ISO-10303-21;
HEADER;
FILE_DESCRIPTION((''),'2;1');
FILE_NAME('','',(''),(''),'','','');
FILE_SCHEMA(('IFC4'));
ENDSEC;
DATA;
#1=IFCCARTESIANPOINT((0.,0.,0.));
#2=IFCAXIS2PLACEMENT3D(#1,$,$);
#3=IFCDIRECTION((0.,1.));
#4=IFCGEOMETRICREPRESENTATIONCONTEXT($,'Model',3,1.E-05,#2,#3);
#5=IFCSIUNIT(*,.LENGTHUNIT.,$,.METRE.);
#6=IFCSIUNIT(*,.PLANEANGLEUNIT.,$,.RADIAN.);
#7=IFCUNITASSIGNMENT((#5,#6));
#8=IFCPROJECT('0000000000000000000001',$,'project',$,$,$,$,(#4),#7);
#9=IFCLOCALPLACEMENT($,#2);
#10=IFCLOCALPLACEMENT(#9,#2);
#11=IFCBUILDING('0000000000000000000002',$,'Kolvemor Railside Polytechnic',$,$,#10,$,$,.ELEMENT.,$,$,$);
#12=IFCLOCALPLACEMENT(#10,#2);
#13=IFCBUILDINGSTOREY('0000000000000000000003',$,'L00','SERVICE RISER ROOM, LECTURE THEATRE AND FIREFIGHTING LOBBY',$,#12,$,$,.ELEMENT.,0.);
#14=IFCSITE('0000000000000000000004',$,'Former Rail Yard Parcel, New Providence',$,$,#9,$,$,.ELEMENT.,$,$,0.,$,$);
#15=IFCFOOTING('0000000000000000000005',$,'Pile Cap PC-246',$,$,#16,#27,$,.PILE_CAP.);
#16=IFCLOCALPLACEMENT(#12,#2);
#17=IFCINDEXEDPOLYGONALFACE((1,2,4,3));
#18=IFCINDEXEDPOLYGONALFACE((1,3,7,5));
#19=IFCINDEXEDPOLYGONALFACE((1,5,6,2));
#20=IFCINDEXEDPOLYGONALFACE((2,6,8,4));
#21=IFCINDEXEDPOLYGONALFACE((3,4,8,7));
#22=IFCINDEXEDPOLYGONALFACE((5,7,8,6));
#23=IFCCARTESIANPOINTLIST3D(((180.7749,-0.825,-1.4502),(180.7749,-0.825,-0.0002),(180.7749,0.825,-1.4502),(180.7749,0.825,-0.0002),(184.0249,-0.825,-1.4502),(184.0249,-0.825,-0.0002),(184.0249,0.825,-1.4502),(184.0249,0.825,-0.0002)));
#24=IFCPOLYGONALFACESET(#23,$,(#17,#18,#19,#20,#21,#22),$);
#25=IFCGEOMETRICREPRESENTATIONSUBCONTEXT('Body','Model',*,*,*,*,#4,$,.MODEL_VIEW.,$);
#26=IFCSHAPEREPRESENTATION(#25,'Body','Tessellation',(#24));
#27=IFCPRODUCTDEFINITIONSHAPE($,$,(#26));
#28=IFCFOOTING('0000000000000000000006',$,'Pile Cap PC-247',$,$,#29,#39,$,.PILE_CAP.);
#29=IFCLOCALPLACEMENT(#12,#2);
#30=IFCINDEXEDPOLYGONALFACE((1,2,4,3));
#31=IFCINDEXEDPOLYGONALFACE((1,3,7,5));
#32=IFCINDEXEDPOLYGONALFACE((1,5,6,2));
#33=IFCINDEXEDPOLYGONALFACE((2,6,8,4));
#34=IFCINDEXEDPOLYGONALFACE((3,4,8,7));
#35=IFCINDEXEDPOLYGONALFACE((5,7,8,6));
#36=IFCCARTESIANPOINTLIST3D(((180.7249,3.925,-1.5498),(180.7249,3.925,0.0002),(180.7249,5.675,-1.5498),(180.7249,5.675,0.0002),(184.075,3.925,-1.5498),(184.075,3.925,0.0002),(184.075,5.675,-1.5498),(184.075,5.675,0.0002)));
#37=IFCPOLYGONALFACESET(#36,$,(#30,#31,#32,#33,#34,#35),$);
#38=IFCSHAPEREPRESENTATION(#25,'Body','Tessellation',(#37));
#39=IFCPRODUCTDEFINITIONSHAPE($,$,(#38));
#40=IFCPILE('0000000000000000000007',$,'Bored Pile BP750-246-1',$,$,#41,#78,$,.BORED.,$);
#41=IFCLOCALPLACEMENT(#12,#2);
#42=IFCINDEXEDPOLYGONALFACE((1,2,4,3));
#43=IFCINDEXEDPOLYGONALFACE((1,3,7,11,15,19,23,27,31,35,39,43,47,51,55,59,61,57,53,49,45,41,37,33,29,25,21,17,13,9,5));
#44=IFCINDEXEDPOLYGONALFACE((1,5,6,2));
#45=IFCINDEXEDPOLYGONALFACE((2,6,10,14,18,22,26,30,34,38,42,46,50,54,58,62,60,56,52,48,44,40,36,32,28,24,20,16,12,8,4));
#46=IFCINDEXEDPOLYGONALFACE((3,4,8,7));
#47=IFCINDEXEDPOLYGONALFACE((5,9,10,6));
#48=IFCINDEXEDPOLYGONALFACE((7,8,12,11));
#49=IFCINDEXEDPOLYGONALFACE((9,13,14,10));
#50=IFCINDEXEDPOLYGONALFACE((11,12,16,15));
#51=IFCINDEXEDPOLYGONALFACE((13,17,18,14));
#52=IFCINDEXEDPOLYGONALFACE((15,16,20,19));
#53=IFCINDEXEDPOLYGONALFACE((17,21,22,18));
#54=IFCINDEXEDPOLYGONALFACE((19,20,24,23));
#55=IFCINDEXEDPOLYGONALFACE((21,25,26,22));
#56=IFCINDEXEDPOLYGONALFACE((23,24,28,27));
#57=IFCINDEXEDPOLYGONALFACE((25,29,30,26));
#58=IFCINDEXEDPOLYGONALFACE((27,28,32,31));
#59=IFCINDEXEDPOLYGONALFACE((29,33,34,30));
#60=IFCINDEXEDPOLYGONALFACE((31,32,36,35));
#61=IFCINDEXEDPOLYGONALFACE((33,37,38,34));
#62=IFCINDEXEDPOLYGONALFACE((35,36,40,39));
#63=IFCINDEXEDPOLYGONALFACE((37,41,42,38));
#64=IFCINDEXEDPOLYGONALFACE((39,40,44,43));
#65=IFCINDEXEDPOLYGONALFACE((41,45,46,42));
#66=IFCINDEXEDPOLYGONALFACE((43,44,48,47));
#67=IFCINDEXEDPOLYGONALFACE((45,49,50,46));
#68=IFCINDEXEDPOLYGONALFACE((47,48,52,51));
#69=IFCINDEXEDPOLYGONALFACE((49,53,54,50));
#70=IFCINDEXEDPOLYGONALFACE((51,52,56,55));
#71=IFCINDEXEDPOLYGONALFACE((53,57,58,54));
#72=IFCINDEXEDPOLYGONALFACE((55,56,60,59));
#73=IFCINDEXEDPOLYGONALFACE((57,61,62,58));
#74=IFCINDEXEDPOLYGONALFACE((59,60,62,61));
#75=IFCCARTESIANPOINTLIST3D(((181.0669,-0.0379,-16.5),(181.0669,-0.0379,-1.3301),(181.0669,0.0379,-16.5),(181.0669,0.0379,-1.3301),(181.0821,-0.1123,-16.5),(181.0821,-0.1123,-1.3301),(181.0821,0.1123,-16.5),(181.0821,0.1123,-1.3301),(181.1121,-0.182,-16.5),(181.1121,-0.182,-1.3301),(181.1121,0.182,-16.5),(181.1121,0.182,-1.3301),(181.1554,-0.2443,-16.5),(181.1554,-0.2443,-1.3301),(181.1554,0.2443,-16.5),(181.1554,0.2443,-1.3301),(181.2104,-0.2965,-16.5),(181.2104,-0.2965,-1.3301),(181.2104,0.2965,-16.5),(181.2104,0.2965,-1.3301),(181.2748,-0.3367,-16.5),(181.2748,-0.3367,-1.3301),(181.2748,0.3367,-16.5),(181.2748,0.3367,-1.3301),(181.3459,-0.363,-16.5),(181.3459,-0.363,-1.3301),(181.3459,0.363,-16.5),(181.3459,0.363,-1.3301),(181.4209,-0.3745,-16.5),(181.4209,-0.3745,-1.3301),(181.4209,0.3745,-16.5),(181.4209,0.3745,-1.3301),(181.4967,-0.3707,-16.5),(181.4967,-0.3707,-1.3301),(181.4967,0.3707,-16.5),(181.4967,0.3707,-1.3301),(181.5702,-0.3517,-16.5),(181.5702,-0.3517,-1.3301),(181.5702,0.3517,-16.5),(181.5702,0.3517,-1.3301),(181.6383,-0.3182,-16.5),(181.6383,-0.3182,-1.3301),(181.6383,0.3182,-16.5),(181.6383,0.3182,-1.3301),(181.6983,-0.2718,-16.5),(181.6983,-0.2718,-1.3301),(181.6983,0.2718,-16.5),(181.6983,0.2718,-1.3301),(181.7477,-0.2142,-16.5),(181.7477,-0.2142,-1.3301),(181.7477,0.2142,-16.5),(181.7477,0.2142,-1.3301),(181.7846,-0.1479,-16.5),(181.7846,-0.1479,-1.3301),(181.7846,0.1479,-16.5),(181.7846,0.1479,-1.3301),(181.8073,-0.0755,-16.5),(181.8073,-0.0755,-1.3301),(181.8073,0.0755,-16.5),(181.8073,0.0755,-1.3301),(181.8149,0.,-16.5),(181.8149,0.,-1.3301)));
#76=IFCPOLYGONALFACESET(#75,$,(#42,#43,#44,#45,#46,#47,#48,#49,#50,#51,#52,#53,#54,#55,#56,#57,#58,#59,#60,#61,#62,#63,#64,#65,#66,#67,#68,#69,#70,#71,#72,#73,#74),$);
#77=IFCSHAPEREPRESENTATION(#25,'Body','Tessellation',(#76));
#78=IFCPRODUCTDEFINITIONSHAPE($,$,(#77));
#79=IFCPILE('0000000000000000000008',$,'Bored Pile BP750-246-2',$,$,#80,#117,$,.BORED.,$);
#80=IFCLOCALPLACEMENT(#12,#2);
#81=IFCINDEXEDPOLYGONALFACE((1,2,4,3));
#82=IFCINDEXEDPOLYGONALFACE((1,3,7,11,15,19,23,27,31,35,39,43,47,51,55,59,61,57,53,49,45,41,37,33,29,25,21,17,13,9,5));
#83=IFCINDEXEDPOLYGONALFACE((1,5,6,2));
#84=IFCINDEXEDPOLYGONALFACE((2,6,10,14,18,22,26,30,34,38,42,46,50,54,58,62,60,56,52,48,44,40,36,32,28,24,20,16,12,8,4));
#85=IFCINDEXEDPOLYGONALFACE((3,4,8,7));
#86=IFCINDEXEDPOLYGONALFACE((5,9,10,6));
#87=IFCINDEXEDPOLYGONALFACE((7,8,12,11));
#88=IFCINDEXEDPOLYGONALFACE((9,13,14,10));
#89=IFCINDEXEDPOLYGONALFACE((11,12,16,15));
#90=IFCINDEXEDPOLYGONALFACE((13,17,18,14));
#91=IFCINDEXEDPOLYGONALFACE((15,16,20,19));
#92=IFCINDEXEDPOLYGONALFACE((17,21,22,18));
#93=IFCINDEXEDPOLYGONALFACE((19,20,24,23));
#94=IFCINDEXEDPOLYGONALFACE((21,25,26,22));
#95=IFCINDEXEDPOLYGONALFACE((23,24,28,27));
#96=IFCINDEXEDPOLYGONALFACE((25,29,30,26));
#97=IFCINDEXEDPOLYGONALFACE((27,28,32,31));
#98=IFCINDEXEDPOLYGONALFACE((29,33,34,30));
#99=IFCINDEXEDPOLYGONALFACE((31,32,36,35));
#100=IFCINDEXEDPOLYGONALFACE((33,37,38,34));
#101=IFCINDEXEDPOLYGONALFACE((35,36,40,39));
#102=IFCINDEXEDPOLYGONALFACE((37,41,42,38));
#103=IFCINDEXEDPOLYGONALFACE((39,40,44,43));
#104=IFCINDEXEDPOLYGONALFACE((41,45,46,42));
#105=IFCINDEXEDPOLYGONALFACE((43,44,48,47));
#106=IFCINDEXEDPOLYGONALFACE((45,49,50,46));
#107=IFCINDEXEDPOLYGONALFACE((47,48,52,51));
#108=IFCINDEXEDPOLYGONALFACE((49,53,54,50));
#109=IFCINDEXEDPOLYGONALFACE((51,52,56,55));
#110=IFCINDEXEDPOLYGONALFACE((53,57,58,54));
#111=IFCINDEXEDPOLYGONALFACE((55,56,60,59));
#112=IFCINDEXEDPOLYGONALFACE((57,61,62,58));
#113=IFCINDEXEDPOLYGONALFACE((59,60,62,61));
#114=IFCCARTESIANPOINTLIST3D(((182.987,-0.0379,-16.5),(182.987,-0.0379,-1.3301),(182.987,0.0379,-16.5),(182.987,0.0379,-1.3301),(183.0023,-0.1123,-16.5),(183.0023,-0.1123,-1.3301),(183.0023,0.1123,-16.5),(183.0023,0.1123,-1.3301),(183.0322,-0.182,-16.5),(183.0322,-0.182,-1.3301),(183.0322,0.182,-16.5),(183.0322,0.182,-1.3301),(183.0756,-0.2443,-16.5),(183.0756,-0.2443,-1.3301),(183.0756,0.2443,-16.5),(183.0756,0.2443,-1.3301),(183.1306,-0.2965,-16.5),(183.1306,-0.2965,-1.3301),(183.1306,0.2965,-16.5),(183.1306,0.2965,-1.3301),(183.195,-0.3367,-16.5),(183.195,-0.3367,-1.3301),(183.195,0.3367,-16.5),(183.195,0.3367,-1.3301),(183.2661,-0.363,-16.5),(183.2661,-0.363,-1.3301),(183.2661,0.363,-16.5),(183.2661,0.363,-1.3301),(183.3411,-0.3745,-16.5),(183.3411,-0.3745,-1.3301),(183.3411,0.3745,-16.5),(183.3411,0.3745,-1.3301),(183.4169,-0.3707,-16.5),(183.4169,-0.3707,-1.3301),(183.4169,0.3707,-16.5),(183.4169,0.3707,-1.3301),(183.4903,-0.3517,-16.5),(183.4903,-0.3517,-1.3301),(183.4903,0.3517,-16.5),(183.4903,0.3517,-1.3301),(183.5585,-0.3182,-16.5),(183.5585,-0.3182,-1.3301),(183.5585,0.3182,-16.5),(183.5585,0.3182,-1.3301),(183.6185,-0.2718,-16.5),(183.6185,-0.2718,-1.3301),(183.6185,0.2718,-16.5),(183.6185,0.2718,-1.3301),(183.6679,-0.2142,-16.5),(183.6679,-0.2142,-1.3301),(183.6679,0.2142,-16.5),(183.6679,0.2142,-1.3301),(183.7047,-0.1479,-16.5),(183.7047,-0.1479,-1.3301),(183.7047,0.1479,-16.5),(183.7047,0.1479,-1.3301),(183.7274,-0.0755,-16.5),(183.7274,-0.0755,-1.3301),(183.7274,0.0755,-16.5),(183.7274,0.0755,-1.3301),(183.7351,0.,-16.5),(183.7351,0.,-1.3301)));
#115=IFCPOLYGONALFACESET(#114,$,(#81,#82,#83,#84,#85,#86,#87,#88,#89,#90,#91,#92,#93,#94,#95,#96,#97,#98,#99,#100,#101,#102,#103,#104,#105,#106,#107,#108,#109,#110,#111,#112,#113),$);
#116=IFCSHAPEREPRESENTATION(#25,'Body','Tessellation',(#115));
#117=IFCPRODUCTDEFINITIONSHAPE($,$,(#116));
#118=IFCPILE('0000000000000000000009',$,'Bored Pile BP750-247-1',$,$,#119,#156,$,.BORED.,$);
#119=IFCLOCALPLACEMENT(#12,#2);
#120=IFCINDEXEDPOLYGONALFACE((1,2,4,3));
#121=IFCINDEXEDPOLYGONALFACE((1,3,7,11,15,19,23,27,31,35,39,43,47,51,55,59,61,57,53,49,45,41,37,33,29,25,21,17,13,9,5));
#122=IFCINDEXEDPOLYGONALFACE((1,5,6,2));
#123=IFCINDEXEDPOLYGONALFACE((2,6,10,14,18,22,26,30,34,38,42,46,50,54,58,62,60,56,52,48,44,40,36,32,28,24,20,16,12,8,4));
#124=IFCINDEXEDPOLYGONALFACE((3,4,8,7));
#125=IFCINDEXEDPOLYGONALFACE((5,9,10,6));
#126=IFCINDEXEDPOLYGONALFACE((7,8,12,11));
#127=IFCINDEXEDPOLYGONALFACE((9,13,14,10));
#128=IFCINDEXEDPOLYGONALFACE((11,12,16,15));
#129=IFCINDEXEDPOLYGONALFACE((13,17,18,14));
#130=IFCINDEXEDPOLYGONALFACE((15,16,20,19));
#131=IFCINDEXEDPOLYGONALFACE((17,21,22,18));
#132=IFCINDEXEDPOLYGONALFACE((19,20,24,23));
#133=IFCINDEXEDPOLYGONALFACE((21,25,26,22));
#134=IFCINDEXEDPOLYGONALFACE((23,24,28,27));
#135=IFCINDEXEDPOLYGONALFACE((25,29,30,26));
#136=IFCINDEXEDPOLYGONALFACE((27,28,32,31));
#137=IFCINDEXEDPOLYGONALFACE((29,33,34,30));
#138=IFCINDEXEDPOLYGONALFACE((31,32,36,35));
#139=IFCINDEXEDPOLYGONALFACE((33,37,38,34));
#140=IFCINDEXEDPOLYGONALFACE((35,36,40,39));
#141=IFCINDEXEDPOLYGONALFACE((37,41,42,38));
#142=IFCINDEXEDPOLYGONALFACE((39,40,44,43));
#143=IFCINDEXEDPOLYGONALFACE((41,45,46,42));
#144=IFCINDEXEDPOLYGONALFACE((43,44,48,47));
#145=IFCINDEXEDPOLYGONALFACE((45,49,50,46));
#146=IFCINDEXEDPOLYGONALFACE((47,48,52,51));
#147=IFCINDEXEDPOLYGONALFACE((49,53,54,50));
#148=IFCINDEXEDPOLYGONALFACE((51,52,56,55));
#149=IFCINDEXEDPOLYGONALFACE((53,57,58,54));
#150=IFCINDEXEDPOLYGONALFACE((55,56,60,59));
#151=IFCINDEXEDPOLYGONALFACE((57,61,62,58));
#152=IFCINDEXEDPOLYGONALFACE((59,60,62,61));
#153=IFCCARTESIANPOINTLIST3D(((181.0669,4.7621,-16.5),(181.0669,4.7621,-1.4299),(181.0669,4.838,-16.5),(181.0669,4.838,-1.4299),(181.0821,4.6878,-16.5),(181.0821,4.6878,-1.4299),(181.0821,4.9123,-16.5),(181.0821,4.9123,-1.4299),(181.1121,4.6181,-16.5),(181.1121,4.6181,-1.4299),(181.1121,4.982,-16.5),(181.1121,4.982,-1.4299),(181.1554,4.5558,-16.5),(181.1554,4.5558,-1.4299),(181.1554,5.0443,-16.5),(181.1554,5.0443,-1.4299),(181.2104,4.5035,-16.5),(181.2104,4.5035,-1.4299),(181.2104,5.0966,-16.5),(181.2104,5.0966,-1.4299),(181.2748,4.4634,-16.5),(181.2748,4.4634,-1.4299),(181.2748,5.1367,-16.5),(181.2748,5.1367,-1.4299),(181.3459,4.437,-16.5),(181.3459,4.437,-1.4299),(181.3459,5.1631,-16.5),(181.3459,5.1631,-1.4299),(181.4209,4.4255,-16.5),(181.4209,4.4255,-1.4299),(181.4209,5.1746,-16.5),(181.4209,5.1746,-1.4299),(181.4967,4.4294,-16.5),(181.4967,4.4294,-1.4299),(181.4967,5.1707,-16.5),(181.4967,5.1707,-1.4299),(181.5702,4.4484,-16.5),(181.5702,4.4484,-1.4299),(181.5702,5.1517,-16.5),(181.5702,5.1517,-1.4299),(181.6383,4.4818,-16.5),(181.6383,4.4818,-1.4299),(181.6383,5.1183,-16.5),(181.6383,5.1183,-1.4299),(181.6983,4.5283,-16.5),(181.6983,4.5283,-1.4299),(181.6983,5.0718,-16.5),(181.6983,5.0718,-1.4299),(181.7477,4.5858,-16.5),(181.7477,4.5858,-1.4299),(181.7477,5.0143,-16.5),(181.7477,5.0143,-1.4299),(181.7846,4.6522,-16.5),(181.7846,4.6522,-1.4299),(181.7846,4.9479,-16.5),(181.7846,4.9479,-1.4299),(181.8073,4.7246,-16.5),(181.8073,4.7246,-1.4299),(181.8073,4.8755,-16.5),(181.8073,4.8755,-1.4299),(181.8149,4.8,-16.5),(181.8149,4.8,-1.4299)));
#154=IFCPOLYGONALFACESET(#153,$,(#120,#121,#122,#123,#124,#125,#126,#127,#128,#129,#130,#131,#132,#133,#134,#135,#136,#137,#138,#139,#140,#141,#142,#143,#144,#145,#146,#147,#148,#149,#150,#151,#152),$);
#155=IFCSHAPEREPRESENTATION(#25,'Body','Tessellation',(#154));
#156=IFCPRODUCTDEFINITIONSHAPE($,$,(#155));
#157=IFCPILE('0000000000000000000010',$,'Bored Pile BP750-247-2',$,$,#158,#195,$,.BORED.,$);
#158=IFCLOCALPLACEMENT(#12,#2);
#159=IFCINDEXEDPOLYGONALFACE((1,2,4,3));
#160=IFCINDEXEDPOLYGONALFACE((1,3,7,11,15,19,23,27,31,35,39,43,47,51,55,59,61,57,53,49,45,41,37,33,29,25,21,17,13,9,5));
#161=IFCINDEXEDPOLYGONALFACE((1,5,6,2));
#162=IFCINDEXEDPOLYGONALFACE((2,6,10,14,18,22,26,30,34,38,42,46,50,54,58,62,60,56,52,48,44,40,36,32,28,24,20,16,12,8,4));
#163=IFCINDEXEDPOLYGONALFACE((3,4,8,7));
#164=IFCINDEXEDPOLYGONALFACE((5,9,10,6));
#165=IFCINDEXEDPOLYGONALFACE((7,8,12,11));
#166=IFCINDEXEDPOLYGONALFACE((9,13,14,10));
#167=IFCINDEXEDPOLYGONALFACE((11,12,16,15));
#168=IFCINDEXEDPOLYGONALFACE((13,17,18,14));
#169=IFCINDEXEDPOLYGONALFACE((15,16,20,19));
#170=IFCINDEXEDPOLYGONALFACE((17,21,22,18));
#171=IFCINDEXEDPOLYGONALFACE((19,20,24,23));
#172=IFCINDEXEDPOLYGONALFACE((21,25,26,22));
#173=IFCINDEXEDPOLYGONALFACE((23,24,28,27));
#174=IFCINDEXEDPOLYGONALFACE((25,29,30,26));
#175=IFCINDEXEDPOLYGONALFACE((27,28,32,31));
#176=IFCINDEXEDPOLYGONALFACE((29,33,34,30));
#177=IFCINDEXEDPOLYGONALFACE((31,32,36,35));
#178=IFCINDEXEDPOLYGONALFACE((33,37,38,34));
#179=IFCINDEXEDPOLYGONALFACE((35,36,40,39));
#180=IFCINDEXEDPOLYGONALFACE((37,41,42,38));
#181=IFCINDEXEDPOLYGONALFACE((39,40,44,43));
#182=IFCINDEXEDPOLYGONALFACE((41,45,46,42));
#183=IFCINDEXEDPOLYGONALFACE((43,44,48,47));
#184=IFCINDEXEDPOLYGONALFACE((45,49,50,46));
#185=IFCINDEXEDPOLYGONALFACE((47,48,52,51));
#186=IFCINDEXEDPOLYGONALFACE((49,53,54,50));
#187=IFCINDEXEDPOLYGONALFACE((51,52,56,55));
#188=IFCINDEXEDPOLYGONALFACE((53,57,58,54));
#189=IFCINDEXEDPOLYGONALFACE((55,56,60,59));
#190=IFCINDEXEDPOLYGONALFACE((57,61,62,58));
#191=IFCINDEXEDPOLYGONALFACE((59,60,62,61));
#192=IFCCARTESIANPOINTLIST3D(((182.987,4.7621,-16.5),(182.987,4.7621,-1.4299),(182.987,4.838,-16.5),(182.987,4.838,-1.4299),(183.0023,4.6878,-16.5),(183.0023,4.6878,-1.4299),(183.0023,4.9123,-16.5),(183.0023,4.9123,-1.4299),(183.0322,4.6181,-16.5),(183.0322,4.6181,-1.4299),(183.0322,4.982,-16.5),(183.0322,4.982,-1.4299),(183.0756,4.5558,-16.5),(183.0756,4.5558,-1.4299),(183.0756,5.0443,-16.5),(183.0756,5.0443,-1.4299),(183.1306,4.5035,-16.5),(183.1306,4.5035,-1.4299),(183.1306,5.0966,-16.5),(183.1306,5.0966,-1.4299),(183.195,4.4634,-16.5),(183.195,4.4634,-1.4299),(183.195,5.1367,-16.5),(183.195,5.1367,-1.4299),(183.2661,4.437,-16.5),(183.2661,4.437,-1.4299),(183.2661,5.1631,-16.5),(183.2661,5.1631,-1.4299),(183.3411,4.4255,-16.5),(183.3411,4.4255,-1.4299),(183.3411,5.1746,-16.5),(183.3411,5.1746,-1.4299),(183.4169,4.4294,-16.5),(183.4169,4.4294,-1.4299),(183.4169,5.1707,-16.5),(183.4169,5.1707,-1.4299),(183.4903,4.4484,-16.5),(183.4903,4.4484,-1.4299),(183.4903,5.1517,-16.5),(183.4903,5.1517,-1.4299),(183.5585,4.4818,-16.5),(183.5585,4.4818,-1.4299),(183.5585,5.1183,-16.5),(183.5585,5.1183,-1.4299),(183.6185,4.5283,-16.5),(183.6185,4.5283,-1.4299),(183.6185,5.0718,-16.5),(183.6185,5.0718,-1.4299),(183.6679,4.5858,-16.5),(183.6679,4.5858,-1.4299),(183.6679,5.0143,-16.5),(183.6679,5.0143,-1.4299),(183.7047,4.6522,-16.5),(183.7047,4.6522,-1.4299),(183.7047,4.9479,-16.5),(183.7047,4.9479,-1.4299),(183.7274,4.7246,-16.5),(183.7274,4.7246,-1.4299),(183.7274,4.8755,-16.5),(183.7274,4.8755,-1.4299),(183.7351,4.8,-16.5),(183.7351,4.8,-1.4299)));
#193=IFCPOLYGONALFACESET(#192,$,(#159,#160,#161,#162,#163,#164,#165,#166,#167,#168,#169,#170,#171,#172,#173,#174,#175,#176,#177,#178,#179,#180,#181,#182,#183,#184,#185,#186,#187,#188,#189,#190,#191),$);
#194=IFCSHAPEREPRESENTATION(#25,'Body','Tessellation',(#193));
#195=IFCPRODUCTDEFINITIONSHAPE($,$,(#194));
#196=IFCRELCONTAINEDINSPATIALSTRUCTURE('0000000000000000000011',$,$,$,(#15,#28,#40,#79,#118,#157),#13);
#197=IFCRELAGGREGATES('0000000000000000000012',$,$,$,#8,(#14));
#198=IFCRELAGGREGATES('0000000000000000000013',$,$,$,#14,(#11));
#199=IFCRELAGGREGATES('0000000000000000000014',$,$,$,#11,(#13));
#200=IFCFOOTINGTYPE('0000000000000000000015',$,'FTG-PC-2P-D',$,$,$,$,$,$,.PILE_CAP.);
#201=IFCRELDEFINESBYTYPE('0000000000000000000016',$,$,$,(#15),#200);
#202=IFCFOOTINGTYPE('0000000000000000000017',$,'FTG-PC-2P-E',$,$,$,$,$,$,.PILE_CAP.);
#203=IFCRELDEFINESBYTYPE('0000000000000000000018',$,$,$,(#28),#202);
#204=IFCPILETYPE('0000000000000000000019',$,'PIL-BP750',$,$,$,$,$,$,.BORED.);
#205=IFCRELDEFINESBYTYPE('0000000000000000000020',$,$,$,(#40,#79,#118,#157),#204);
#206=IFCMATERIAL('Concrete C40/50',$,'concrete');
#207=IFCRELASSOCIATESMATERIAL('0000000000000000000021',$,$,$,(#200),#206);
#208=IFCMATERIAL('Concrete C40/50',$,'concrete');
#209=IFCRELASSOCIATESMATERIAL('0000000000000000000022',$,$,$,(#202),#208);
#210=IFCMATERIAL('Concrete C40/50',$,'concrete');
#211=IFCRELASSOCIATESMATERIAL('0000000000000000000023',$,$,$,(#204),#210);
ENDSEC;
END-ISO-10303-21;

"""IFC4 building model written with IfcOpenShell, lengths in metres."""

from ifc_helpers import new_model, si_unit, direction, frame, origin, origin_2d, place, context, subcontext, project, spatial, rectangle, circle, extrude, material, material_profile, profile_set, type_object, element, save


model = new_model("IFC4")

# Units and contexts
model_context = context("Model", 3, precision=1e-05, world=origin(), true_north=direction((0.0, 1.0)))
body_context = subcontext(model_context, "Body", "Model", "MODEL_VIEW")
ifc_project = project(units=[si_unit("LENGTHUNIT", "METRE"), si_unit("PLANEANGLEUNIT", "RADIAN")], contexts=[model_context])

# Site, building, storey
site_placement = place(None, origin())
site = spatial("IfcSite", under=ifc_project, at=site_placement, Name="Former Rail Yard Parcel, New Providence", CompositionType="ELEMENT", RefElevation=0.0)
building_placement = place(site_placement, origin())
building = spatial("IfcBuilding", under=site, at=building_placement, Name="Kolvemor Railside Polytechnic", CompositionType="ELEMENT")
storey_placement = place(building_placement, origin())
storey = spatial("IfcBuildingStorey", under=building, at=storey_placement, Name="L00", Description="SERVICE RISER ROOM, LECTURE THEATRE AND FIREFIGHTING LOBBY", CompositionType="ELEMENT", Elevation=0.0)

# Footings
ifc_material_1 = material(Name="Concrete C40/50", Category="concrete")
footing_type_1 = type_object("IfcFootingType", Name="FTG-PC-2P-D", PredefinedType="PILE_CAP", material=ifc_material_1)
footing_1_placement = place(storey_placement, frame((182.3999, 0.0, -1.4502), z_axis=(0.0, 0.0, 1.0), x_axis=(1.0, 0.0, 0.0)))
element("IfcFooting", 1, at=footing_1_placement, inside=storey, type_object=footing_type_1, Name="Pile Cap PC-246", PredefinedType="PILE_CAP", context=body_context, shape_type="SweptSolid", body=[
    extrude(rectangle(XDim=3.25, YDim=1.6499, at=origin_2d()), origin(), (0.0, 0.0, 1.0), 1.45),
])
ifc_material_2 = material(Name="Concrete C40/50", Category="concrete")
footing_type_2 = type_object("IfcFootingType", Name="FTG-PC-2P-E", PredefinedType="PILE_CAP", material=ifc_material_2)
footing_2_placement = place(storey_placement, frame((182.3999, 4.8, -1.5498), z_axis=(0.0, 0.0, 1.0), x_axis=(1.0, 0.0, 0.0)))
element("IfcFooting", 2, at=footing_2_placement, inside=storey, type_object=footing_type_2, Name="Pile Cap PC-247", PredefinedType="PILE_CAP", context=body_context, shape_type="SweptSolid", body=[
    extrude(rectangle(XDim=3.3501, YDim=1.75, at=origin_2d()), origin(), (0.0, 0.0, 1.0), 1.55),
])

# Piles
ifc_material_3 = material(Name="Concrete C40/50", Category="concrete")
ifc_material_profile_1 = material_profile(ifc_material_3, circle(Radius=0.375, at=origin_2d()), Name="BP750")
ifc_profile_set_1 = profile_set([ifc_material_profile_1], Name="Concrete C40/50")
pile_type = type_object("IfcPileType", Name="PIL-BP750", PredefinedType="BORED", material=ifc_profile_set_1)
for number, where, z_axis, x_axis, name in (
    (3, (181.4399, 0.0, -1.3301), (0.0, 0.0, -1.0), (1.0, 0.0, 0.0), "Bored Pile BP750-246-1"),
    (4, (183.3601, 0.0, -1.3301), (0.0, 0.0, -1.0), (1.0, 0.0, 0.0), "Bored Pile BP750-246-2"),
):
    element("IfcPile", number, at=place(storey_placement, frame(where, z_axis=z_axis, x_axis=x_axis)), inside=storey, type_object=pile_type, Name=name, PredefinedType="BORED", context=body_context, shape_type="SweptSolid", body=[
        extrude(circle(Radius=0.375, at=origin_2d()), origin(), (0.0, 0.0, 1.0), 15.1699),
    ])
for number, where, z_axis, x_axis, name in (
    (5, (181.4399, 4.8, -1.4299), (0.0, 0.0, -1.0), (1.0, 0.0, 0.0), "Bored Pile BP750-247-1"),
    (6, (183.3601, 4.8, -1.4299), (0.0, 0.0, -1.0), (1.0, 0.0, 0.0), "Bored Pile BP750-247-2"),
):
    element("IfcPile", number, at=place(storey_placement, frame(where, z_axis=z_axis, x_axis=x_axis)), inside=storey, type_object=pile_type, Name=name, PredefinedType="BORED", context=body_context, shape_type="SweptSolid", body=[
        extrude(circle(Radius=0.375, at=origin_2d()), origin(), (0.0, 0.0, 1.0), 15.0701),
    ])

save(model, "model.ifc")
